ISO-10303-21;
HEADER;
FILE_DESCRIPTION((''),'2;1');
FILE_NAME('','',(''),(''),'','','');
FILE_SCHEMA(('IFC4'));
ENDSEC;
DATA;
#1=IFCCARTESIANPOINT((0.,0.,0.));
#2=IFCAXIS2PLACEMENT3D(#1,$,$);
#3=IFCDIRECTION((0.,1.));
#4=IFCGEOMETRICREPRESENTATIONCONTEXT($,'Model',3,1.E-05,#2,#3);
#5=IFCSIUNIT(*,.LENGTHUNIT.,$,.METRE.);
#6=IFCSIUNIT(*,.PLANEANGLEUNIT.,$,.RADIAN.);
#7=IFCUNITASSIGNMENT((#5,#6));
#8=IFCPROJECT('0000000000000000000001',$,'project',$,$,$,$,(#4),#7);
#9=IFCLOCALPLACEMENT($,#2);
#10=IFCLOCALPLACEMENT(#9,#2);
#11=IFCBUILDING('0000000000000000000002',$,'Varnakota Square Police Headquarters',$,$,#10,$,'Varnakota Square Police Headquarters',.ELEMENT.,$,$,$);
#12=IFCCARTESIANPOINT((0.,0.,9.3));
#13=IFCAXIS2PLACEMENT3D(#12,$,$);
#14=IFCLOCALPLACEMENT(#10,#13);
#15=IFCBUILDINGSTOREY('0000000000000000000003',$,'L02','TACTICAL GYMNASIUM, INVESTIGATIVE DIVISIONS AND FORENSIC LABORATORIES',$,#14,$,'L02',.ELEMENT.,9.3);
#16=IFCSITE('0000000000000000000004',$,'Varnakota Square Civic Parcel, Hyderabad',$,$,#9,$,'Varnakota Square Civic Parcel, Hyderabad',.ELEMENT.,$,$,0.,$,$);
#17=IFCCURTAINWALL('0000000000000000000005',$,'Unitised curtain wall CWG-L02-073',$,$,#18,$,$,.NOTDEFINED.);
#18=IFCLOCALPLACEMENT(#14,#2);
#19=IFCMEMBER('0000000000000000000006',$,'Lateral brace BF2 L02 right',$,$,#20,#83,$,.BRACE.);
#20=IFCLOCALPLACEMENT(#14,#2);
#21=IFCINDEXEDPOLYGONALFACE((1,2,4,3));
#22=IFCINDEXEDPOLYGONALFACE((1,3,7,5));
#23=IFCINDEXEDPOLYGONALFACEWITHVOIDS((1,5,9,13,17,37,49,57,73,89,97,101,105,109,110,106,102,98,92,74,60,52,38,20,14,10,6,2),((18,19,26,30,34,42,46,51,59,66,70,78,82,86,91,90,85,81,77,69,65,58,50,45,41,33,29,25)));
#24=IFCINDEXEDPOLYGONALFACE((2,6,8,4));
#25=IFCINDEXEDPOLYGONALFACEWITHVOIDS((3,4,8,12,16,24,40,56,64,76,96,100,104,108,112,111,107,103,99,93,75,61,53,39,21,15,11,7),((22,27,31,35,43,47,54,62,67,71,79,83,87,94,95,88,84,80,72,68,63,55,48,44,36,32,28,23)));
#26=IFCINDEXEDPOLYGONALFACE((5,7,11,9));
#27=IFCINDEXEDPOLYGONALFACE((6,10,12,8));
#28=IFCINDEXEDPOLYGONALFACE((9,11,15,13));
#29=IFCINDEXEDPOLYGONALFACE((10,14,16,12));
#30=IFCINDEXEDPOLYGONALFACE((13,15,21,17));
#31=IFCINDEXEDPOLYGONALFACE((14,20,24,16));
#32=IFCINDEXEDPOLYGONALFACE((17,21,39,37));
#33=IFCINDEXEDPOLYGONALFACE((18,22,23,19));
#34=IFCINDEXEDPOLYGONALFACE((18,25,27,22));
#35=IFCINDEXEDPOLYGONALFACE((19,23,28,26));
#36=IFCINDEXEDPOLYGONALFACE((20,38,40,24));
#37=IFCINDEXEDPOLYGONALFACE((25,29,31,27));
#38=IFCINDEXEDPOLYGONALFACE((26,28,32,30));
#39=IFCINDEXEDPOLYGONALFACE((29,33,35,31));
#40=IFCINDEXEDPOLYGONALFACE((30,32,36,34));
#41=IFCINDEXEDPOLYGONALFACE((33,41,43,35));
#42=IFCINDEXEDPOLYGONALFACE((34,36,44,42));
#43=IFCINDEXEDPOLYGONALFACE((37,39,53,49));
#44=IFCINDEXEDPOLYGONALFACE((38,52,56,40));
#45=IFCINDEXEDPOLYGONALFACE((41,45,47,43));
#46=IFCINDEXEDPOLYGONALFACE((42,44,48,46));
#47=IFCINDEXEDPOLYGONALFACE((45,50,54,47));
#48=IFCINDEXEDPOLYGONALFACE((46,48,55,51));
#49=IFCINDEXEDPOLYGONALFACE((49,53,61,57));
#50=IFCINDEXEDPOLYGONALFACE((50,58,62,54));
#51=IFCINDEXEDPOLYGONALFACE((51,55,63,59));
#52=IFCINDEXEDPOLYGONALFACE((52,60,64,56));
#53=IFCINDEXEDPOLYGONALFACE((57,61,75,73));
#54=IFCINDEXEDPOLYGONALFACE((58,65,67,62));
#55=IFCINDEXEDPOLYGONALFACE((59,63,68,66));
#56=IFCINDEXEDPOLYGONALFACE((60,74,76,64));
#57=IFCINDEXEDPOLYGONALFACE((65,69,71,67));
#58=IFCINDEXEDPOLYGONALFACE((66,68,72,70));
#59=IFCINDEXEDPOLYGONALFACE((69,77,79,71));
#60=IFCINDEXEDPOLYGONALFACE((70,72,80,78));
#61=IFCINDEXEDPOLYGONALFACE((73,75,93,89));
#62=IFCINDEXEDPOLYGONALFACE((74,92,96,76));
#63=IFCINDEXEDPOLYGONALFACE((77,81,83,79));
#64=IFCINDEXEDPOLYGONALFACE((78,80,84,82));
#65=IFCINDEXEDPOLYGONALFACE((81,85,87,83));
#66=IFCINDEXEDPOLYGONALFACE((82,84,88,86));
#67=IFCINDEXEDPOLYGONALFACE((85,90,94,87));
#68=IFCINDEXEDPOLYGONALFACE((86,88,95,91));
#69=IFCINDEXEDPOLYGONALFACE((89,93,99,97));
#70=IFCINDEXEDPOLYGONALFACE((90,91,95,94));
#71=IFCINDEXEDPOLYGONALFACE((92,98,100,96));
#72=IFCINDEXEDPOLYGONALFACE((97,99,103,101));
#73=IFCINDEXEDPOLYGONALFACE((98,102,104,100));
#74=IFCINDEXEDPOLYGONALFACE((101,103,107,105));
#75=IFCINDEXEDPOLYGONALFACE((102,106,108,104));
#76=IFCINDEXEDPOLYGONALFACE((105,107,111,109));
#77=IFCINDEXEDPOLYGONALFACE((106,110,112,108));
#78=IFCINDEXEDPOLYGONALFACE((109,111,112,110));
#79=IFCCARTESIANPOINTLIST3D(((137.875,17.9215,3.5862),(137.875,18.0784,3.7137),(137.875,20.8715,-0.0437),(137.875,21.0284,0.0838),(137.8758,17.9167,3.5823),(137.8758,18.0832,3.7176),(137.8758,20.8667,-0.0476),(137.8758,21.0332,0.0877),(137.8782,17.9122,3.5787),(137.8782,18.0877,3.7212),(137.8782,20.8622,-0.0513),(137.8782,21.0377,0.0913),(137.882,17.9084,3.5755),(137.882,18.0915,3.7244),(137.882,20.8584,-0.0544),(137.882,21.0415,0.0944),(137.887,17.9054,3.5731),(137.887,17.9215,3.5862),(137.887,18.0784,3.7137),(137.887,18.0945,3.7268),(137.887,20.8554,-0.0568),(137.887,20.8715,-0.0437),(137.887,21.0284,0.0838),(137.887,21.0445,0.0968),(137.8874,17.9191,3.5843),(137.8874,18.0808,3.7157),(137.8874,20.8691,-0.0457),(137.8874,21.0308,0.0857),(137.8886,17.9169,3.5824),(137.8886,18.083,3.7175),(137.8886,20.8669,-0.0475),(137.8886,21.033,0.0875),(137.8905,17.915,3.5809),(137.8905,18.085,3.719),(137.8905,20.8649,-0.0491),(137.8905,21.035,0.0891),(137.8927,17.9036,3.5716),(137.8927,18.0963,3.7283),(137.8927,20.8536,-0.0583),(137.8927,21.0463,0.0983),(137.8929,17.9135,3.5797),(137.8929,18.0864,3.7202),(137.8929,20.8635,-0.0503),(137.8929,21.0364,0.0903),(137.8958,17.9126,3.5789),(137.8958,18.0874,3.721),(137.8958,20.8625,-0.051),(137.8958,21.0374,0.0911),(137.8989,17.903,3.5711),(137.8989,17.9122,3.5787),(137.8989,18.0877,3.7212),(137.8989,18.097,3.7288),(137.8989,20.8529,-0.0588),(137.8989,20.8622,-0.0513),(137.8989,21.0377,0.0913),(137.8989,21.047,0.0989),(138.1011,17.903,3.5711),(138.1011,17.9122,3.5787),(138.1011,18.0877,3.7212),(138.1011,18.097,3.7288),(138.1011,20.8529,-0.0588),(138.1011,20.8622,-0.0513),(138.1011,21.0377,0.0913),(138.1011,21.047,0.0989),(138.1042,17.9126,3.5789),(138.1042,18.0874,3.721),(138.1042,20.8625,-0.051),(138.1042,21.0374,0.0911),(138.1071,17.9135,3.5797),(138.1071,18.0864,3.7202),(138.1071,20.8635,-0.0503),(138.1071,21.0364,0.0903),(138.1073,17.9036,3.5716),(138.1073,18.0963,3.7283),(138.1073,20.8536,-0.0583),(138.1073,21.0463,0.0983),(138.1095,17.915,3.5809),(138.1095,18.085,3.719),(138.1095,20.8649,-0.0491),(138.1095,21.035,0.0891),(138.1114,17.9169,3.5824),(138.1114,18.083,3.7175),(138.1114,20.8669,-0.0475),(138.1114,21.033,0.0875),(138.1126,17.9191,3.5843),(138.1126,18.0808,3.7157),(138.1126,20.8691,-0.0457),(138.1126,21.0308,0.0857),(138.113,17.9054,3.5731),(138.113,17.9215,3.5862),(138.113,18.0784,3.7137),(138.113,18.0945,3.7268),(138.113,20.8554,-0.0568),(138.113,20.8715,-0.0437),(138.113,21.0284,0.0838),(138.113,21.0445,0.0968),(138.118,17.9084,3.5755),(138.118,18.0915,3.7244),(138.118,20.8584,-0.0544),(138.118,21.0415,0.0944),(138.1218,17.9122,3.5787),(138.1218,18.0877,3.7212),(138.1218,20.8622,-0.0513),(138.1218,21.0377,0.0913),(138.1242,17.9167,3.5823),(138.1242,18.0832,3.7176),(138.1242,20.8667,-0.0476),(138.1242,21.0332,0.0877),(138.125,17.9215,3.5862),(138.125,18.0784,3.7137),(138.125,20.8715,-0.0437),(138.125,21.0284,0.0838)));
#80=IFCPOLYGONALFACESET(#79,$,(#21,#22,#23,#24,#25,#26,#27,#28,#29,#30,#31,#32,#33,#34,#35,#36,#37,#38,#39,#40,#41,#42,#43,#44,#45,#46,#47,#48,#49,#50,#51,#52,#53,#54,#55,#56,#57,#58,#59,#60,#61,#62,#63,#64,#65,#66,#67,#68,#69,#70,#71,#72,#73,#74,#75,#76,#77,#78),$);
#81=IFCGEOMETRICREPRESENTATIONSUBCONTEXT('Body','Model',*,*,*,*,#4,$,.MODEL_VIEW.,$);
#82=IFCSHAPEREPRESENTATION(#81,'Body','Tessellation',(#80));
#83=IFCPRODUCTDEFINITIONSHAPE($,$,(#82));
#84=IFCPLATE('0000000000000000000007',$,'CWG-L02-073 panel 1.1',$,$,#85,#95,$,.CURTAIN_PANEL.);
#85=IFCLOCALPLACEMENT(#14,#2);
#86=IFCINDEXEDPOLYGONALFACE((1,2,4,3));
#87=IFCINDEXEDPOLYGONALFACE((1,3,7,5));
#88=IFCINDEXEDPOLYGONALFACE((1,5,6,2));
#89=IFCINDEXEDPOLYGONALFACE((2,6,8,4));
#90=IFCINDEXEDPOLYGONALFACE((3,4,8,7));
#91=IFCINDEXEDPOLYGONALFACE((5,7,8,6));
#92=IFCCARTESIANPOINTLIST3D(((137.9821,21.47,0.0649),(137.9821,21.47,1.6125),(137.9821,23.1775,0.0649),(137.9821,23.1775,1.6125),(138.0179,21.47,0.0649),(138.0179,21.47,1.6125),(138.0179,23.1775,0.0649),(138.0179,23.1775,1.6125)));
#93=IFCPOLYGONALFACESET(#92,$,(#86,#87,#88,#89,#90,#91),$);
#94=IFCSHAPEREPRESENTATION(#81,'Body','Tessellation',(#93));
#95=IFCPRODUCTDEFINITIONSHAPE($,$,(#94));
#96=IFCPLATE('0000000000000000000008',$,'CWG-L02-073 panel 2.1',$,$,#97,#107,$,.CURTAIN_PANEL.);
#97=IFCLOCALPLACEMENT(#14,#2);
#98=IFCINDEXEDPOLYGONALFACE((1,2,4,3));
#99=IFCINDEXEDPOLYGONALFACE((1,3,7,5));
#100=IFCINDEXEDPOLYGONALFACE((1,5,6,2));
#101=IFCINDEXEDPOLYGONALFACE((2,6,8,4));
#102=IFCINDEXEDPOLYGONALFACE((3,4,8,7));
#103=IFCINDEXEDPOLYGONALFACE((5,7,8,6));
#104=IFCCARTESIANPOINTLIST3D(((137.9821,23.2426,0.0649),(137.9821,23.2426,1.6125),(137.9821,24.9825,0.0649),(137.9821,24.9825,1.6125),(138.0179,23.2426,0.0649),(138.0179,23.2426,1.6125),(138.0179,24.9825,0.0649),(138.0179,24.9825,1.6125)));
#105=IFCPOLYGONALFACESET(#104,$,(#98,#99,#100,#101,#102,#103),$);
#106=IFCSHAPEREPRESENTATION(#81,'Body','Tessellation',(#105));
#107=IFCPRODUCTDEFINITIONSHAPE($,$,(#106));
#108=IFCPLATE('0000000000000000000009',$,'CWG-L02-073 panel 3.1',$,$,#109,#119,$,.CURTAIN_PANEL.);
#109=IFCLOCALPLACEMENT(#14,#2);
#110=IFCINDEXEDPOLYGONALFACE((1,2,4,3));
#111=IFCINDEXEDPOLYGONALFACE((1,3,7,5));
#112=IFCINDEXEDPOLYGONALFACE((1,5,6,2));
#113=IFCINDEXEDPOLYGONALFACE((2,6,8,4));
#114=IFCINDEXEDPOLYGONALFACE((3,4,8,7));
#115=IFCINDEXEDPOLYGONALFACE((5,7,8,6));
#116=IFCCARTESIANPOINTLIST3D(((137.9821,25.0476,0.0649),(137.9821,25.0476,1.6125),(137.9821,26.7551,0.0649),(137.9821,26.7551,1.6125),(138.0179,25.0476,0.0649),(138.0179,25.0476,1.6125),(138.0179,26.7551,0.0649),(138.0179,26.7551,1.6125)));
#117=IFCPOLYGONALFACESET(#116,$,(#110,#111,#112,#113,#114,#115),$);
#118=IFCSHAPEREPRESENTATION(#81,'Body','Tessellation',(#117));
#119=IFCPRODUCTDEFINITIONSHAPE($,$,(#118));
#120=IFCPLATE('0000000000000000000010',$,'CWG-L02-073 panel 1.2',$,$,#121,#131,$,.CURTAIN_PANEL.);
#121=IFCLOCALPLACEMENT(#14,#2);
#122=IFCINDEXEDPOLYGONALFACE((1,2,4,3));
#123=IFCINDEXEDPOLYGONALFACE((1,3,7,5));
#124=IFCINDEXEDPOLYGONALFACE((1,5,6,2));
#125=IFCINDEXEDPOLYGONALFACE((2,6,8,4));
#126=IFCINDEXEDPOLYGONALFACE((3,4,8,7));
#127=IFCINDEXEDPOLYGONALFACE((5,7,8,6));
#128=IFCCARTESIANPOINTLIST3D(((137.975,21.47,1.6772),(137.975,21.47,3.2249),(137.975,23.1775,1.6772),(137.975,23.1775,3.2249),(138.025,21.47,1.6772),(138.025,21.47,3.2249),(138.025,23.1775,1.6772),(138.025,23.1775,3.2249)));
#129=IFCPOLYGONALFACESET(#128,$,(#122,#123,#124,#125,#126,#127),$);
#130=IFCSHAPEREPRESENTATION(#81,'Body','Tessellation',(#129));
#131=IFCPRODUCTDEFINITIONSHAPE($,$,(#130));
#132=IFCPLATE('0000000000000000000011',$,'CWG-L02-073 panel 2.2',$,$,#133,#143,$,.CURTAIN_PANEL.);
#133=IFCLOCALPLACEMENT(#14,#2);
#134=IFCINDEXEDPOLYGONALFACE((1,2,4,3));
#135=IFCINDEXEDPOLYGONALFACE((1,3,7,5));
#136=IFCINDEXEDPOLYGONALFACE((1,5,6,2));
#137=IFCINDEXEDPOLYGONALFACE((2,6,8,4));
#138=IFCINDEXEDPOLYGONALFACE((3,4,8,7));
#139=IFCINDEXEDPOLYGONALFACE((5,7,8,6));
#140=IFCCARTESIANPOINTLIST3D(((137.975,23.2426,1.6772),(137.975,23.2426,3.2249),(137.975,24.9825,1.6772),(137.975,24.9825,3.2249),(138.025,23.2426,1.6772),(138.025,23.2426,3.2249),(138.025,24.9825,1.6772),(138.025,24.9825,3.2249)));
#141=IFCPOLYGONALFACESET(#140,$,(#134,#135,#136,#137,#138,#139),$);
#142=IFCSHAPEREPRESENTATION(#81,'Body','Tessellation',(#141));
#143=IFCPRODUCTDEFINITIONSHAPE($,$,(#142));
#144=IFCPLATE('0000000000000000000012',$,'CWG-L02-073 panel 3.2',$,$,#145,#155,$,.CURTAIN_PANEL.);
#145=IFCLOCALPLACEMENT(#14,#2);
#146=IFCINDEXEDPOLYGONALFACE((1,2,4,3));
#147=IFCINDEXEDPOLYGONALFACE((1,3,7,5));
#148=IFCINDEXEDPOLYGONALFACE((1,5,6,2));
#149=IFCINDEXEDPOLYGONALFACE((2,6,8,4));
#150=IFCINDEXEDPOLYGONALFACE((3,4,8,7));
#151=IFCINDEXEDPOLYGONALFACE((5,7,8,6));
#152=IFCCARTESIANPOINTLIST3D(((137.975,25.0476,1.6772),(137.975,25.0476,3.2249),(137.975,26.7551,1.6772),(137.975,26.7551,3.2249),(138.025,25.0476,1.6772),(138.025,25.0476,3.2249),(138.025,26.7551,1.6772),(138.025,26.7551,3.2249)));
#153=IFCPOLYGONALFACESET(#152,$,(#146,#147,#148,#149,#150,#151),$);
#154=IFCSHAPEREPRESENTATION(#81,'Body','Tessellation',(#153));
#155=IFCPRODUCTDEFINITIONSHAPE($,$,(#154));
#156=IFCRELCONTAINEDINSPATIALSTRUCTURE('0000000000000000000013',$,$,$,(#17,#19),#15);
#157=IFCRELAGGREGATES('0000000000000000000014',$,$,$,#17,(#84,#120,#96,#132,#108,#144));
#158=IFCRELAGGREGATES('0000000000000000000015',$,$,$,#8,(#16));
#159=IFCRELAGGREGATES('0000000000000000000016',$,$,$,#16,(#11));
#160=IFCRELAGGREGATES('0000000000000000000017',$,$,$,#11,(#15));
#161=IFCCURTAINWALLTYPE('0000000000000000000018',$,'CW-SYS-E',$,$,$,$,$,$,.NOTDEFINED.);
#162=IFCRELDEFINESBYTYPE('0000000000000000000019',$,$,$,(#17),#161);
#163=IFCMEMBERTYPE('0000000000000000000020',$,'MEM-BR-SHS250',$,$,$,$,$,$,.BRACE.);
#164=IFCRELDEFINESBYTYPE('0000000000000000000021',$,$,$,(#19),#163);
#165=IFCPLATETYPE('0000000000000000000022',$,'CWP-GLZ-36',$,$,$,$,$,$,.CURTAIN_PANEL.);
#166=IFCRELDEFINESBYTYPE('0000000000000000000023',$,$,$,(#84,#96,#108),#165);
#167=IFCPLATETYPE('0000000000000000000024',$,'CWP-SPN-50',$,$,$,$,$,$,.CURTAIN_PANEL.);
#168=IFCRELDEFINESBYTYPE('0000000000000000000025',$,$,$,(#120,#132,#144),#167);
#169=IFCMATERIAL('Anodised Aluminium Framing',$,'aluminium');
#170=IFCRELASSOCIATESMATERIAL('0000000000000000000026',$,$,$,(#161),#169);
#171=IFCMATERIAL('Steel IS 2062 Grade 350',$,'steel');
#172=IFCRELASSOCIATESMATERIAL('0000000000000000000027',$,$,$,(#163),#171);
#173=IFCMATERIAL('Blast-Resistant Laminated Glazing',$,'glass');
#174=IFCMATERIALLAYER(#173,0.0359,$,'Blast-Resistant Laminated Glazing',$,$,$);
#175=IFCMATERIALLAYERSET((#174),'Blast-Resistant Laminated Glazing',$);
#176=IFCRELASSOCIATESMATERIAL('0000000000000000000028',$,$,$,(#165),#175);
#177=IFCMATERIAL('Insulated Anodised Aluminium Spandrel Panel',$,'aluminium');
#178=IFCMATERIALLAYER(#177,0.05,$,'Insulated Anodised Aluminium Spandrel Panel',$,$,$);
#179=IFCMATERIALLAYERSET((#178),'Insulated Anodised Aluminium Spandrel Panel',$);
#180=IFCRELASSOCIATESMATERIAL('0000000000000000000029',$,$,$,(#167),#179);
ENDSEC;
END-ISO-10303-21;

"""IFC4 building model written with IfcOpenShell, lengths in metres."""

from ifc_helpers import new_model, si_unit, direction, frame, origin, origin_2d, place, context, subcontext, project, spatial, rectangle, hollow_rectangle, extrude, material, layer, layer_set, material_profile, profile_set, type_object, element, aggregate, save


model = new_model("IFC4")

# Units and contexts
model_context = context("Model", 3, precision=1e-05, world=origin(), true_north=direction((0.0, 1.0)))
body_context = subcontext(model_context, "Body", "Model", "MODEL_VIEW")
ifc_project = project(units=[si_unit("LENGTHUNIT", "METRE"), si_unit("PLANEANGLEUNIT", "RADIAN")], contexts=[model_context])

# Site, building, storey
site_placement = place(None, origin())
site = spatial("IfcSite", under=ifc_project, at=site_placement, Name="Varnakota Square Civic Parcel, Hyderabad", LongName="Varnakota Square Civic Parcel, Hyderabad", CompositionType="ELEMENT", RefElevation=0.0)
building_placement = place(site_placement, origin())
building = spatial("IfcBuilding", under=site, at=building_placement, Name="Varnakota Square Police Headquarters", LongName="Varnakota Square Police Headquarters", CompositionType="ELEMENT")
storey_placement = place(building_placement, frame((0.0, 0.0, 9.3)))
storey = spatial("IfcBuildingStorey", under=building, at=storey_placement, Name="L02", Description="TACTICAL GYMNASIUM, INVESTIGATIVE DIVISIONS AND FORENSIC LABORATORIES", LongName="L02", CompositionType="ELEMENT", Elevation=9.3)

# Shared definitions
ifc_material_1 = material(Name="Steel IS 2062 Grade 350", Category="steel")

# Curtain wall
ifc_material_2 = material(Name="Anodised Aluminium Framing", Category="aluminium")
curtain_wall_type = type_object("IfcCurtainWallType", Name="CW-SYS-E", PredefinedType="NOTDEFINED", material=ifc_material_2)
curtain_wall_1_placement = place(storey_placement, origin())
curtain_wall_1 = element("IfcCurtainWall", 1, at=curtain_wall_1_placement, inside=storey, type_object=curtain_wall_type, Name="Unitised curtain wall CWG-L02-073", PredefinedType="NOTDEFINED")

# Member
ifc_material_profile_1 = material_profile(ifc_material_1, hollow_rectangle(XDim=0.25, YDim=0.25, WallThickness=0.012, InnerFilletRadius=0.012, OuterFilletRadius=0.0239, at=origin_2d()), Name="SHS 250x250x12")
ifc_profile_set_1 = profile_set([ifc_material_profile_1], Name="Steel IS 2062 Grade 350")
member_type_1 = type_object("IfcMemberType", Name="MEM-BR-SHS250", PredefinedType="BRACE", material=ifc_profile_set_1)
member_1_placement = place(storey_placement, frame((138.0, 20.95, 0.02), z_axis=(0.0, -0.630679, 0.776044), x_axis=(1.0, 0.0, 0.0)))
element("IfcMember", 2, at=member_1_placement, inside=storey, type_object=member_type_1, Name="Lateral brace BF2 L02 right", PredefinedType="BRACE", context=body_context, shape_type="SweptSolid", body=[
    extrude(hollow_rectangle(XDim=0.25, YDim=0.25, WallThickness=0.012, InnerFilletRadius=0.012, OuterFilletRadius=0.0239, at=origin_2d()), origin(), (0.0, 0.0, 1.0), 4.6775),
])

# Plates
ifc_material_3 = material(Name="Blast-Resistant Laminated Glazing", Category="glass")
ifc_layer_1 = layer(ifc_material_3, 0.0359, Name="Blast-Resistant Laminated Glazing")
ifc_layer_set_1 = layer_set([ifc_layer_1], Name="Blast-Resistant Laminated Glazing")
plate_type_1 = type_object("IfcPlateType", Name="CWP-GLZ-36", PredefinedType="CURTAIN_PANEL", material=ifc_layer_set_1)
plate_1_placement = place(storey_placement, frame((138.0, 22.3237, 0.0649), z_axis=(0.0, 0.0, 1.0), x_axis=(0.0, 1.0, 0.0)))
plate_1 = element("IfcPlate", 3, at=plate_1_placement, type_object=plate_type_1, Name="CWG-L02-073 panel 1.1", PredefinedType="CURTAIN_PANEL", context=body_context, shape_type="SweptSolid", body=[
    extrude(rectangle(XDim=1.7075, YDim=0.0359, at=origin_2d()), origin(), (0.0, 0.0, 1.0), 1.5476),
])
plate_2_placement = place(storey_placement, frame((138.0, 24.1125, 0.0649), z_axis=(0.0, 0.0, 1.0), x_axis=(0.0, 1.0, 0.0)))
plate_2 = element("IfcPlate", 4, at=plate_2_placement, type_object=plate_type_1, Name="CWG-L02-073 panel 2.1", PredefinedType="CURTAIN_PANEL", context=body_context, shape_type="SweptSolid", body=[
    extrude(rectangle(XDim=1.74, YDim=0.0359, at=origin_2d()), origin(), (0.0, 0.0, 1.0), 1.5476),
])
plate_3_placement = place(storey_placement, frame((138.0, 25.9014, 0.0649), z_axis=(0.0, 0.0, 1.0), x_axis=(0.0, 1.0, 0.0)))
plate_3 = element("IfcPlate", 5, at=plate_3_placement, type_object=plate_type_1, Name="CWG-L02-073 panel 3.1", PredefinedType="CURTAIN_PANEL", context=body_context, shape_type="SweptSolid", body=[
    extrude(rectangle(XDim=1.7075, YDim=0.0359, at=origin_2d()), origin(), (0.0, 0.0, 1.0), 1.5476),
])
ifc_material_4 = material(Name="Insulated Anodised Aluminium Spandrel Panel", Category="aluminium")
ifc_layer_2 = layer(ifc_material_4, 0.05, Name="Insulated Anodised Aluminium Spandrel Panel")
ifc_layer_set_2 = layer_set([ifc_layer_2], Name="Insulated Anodised Aluminium Spandrel Panel")
plate_type_2 = type_object("IfcPlateType", Name="CWP-SPN-50", PredefinedType="CURTAIN_PANEL", material=ifc_layer_set_2)
plate_4_placement = place(storey_placement, frame((138.0, 22.3237, 1.6772), z_axis=(0.0, 0.0, 1.0), x_axis=(0.0, 1.0, 0.0)))
plate_4 = element("IfcPlate", 6, at=plate_4_placement, type_object=plate_type_2, Name="CWG-L02-073 panel 1.2", PredefinedType="CURTAIN_PANEL", context=body_context, shape_type="SweptSolid", body=[
    extrude(rectangle(XDim=1.7075, YDim=0.05, at=origin_2d()), origin(), (0.0, 0.0, 1.0), 1.5476),
])
plate_5_placement = place(storey_placement, frame((138.0, 24.1125, 1.6772), z_axis=(0.0, 0.0, 1.0), x_axis=(0.0, 1.0, 0.0)))
plate_5 = element("IfcPlate", 7, at=plate_5_placement, type_object=plate_type_2, Name="CWG-L02-073 panel 2.2", PredefinedType="CURTAIN_PANEL", context=body_context, shape_type="SweptSolid", body=[
    extrude(rectangle(XDim=1.74, YDim=0.05, at=origin_2d()), origin(), (0.0, 0.0, 1.0), 1.5476),
])
plate_6_placement = place(storey_placement, frame((138.0, 25.9014, 1.6772), z_axis=(0.0, 0.0, 1.0), x_axis=(0.0, 1.0, 0.0)))
plate_6 = element("IfcPlate", 8, at=plate_6_placement, type_object=plate_type_2, Name="CWG-L02-073 panel 3.2", PredefinedType="CURTAIN_PANEL", context=body_context, shape_type="SweptSolid", body=[
    extrude(rectangle(XDim=1.7075, YDim=0.05, at=origin_2d()), origin(), (0.0, 0.0, 1.0), 1.5476),
])
aggregate(curtain_wall_1, [plate_1, plate_4, plate_2, plate_5, plate_3, plate_6])

save(model, "model.ifc")
